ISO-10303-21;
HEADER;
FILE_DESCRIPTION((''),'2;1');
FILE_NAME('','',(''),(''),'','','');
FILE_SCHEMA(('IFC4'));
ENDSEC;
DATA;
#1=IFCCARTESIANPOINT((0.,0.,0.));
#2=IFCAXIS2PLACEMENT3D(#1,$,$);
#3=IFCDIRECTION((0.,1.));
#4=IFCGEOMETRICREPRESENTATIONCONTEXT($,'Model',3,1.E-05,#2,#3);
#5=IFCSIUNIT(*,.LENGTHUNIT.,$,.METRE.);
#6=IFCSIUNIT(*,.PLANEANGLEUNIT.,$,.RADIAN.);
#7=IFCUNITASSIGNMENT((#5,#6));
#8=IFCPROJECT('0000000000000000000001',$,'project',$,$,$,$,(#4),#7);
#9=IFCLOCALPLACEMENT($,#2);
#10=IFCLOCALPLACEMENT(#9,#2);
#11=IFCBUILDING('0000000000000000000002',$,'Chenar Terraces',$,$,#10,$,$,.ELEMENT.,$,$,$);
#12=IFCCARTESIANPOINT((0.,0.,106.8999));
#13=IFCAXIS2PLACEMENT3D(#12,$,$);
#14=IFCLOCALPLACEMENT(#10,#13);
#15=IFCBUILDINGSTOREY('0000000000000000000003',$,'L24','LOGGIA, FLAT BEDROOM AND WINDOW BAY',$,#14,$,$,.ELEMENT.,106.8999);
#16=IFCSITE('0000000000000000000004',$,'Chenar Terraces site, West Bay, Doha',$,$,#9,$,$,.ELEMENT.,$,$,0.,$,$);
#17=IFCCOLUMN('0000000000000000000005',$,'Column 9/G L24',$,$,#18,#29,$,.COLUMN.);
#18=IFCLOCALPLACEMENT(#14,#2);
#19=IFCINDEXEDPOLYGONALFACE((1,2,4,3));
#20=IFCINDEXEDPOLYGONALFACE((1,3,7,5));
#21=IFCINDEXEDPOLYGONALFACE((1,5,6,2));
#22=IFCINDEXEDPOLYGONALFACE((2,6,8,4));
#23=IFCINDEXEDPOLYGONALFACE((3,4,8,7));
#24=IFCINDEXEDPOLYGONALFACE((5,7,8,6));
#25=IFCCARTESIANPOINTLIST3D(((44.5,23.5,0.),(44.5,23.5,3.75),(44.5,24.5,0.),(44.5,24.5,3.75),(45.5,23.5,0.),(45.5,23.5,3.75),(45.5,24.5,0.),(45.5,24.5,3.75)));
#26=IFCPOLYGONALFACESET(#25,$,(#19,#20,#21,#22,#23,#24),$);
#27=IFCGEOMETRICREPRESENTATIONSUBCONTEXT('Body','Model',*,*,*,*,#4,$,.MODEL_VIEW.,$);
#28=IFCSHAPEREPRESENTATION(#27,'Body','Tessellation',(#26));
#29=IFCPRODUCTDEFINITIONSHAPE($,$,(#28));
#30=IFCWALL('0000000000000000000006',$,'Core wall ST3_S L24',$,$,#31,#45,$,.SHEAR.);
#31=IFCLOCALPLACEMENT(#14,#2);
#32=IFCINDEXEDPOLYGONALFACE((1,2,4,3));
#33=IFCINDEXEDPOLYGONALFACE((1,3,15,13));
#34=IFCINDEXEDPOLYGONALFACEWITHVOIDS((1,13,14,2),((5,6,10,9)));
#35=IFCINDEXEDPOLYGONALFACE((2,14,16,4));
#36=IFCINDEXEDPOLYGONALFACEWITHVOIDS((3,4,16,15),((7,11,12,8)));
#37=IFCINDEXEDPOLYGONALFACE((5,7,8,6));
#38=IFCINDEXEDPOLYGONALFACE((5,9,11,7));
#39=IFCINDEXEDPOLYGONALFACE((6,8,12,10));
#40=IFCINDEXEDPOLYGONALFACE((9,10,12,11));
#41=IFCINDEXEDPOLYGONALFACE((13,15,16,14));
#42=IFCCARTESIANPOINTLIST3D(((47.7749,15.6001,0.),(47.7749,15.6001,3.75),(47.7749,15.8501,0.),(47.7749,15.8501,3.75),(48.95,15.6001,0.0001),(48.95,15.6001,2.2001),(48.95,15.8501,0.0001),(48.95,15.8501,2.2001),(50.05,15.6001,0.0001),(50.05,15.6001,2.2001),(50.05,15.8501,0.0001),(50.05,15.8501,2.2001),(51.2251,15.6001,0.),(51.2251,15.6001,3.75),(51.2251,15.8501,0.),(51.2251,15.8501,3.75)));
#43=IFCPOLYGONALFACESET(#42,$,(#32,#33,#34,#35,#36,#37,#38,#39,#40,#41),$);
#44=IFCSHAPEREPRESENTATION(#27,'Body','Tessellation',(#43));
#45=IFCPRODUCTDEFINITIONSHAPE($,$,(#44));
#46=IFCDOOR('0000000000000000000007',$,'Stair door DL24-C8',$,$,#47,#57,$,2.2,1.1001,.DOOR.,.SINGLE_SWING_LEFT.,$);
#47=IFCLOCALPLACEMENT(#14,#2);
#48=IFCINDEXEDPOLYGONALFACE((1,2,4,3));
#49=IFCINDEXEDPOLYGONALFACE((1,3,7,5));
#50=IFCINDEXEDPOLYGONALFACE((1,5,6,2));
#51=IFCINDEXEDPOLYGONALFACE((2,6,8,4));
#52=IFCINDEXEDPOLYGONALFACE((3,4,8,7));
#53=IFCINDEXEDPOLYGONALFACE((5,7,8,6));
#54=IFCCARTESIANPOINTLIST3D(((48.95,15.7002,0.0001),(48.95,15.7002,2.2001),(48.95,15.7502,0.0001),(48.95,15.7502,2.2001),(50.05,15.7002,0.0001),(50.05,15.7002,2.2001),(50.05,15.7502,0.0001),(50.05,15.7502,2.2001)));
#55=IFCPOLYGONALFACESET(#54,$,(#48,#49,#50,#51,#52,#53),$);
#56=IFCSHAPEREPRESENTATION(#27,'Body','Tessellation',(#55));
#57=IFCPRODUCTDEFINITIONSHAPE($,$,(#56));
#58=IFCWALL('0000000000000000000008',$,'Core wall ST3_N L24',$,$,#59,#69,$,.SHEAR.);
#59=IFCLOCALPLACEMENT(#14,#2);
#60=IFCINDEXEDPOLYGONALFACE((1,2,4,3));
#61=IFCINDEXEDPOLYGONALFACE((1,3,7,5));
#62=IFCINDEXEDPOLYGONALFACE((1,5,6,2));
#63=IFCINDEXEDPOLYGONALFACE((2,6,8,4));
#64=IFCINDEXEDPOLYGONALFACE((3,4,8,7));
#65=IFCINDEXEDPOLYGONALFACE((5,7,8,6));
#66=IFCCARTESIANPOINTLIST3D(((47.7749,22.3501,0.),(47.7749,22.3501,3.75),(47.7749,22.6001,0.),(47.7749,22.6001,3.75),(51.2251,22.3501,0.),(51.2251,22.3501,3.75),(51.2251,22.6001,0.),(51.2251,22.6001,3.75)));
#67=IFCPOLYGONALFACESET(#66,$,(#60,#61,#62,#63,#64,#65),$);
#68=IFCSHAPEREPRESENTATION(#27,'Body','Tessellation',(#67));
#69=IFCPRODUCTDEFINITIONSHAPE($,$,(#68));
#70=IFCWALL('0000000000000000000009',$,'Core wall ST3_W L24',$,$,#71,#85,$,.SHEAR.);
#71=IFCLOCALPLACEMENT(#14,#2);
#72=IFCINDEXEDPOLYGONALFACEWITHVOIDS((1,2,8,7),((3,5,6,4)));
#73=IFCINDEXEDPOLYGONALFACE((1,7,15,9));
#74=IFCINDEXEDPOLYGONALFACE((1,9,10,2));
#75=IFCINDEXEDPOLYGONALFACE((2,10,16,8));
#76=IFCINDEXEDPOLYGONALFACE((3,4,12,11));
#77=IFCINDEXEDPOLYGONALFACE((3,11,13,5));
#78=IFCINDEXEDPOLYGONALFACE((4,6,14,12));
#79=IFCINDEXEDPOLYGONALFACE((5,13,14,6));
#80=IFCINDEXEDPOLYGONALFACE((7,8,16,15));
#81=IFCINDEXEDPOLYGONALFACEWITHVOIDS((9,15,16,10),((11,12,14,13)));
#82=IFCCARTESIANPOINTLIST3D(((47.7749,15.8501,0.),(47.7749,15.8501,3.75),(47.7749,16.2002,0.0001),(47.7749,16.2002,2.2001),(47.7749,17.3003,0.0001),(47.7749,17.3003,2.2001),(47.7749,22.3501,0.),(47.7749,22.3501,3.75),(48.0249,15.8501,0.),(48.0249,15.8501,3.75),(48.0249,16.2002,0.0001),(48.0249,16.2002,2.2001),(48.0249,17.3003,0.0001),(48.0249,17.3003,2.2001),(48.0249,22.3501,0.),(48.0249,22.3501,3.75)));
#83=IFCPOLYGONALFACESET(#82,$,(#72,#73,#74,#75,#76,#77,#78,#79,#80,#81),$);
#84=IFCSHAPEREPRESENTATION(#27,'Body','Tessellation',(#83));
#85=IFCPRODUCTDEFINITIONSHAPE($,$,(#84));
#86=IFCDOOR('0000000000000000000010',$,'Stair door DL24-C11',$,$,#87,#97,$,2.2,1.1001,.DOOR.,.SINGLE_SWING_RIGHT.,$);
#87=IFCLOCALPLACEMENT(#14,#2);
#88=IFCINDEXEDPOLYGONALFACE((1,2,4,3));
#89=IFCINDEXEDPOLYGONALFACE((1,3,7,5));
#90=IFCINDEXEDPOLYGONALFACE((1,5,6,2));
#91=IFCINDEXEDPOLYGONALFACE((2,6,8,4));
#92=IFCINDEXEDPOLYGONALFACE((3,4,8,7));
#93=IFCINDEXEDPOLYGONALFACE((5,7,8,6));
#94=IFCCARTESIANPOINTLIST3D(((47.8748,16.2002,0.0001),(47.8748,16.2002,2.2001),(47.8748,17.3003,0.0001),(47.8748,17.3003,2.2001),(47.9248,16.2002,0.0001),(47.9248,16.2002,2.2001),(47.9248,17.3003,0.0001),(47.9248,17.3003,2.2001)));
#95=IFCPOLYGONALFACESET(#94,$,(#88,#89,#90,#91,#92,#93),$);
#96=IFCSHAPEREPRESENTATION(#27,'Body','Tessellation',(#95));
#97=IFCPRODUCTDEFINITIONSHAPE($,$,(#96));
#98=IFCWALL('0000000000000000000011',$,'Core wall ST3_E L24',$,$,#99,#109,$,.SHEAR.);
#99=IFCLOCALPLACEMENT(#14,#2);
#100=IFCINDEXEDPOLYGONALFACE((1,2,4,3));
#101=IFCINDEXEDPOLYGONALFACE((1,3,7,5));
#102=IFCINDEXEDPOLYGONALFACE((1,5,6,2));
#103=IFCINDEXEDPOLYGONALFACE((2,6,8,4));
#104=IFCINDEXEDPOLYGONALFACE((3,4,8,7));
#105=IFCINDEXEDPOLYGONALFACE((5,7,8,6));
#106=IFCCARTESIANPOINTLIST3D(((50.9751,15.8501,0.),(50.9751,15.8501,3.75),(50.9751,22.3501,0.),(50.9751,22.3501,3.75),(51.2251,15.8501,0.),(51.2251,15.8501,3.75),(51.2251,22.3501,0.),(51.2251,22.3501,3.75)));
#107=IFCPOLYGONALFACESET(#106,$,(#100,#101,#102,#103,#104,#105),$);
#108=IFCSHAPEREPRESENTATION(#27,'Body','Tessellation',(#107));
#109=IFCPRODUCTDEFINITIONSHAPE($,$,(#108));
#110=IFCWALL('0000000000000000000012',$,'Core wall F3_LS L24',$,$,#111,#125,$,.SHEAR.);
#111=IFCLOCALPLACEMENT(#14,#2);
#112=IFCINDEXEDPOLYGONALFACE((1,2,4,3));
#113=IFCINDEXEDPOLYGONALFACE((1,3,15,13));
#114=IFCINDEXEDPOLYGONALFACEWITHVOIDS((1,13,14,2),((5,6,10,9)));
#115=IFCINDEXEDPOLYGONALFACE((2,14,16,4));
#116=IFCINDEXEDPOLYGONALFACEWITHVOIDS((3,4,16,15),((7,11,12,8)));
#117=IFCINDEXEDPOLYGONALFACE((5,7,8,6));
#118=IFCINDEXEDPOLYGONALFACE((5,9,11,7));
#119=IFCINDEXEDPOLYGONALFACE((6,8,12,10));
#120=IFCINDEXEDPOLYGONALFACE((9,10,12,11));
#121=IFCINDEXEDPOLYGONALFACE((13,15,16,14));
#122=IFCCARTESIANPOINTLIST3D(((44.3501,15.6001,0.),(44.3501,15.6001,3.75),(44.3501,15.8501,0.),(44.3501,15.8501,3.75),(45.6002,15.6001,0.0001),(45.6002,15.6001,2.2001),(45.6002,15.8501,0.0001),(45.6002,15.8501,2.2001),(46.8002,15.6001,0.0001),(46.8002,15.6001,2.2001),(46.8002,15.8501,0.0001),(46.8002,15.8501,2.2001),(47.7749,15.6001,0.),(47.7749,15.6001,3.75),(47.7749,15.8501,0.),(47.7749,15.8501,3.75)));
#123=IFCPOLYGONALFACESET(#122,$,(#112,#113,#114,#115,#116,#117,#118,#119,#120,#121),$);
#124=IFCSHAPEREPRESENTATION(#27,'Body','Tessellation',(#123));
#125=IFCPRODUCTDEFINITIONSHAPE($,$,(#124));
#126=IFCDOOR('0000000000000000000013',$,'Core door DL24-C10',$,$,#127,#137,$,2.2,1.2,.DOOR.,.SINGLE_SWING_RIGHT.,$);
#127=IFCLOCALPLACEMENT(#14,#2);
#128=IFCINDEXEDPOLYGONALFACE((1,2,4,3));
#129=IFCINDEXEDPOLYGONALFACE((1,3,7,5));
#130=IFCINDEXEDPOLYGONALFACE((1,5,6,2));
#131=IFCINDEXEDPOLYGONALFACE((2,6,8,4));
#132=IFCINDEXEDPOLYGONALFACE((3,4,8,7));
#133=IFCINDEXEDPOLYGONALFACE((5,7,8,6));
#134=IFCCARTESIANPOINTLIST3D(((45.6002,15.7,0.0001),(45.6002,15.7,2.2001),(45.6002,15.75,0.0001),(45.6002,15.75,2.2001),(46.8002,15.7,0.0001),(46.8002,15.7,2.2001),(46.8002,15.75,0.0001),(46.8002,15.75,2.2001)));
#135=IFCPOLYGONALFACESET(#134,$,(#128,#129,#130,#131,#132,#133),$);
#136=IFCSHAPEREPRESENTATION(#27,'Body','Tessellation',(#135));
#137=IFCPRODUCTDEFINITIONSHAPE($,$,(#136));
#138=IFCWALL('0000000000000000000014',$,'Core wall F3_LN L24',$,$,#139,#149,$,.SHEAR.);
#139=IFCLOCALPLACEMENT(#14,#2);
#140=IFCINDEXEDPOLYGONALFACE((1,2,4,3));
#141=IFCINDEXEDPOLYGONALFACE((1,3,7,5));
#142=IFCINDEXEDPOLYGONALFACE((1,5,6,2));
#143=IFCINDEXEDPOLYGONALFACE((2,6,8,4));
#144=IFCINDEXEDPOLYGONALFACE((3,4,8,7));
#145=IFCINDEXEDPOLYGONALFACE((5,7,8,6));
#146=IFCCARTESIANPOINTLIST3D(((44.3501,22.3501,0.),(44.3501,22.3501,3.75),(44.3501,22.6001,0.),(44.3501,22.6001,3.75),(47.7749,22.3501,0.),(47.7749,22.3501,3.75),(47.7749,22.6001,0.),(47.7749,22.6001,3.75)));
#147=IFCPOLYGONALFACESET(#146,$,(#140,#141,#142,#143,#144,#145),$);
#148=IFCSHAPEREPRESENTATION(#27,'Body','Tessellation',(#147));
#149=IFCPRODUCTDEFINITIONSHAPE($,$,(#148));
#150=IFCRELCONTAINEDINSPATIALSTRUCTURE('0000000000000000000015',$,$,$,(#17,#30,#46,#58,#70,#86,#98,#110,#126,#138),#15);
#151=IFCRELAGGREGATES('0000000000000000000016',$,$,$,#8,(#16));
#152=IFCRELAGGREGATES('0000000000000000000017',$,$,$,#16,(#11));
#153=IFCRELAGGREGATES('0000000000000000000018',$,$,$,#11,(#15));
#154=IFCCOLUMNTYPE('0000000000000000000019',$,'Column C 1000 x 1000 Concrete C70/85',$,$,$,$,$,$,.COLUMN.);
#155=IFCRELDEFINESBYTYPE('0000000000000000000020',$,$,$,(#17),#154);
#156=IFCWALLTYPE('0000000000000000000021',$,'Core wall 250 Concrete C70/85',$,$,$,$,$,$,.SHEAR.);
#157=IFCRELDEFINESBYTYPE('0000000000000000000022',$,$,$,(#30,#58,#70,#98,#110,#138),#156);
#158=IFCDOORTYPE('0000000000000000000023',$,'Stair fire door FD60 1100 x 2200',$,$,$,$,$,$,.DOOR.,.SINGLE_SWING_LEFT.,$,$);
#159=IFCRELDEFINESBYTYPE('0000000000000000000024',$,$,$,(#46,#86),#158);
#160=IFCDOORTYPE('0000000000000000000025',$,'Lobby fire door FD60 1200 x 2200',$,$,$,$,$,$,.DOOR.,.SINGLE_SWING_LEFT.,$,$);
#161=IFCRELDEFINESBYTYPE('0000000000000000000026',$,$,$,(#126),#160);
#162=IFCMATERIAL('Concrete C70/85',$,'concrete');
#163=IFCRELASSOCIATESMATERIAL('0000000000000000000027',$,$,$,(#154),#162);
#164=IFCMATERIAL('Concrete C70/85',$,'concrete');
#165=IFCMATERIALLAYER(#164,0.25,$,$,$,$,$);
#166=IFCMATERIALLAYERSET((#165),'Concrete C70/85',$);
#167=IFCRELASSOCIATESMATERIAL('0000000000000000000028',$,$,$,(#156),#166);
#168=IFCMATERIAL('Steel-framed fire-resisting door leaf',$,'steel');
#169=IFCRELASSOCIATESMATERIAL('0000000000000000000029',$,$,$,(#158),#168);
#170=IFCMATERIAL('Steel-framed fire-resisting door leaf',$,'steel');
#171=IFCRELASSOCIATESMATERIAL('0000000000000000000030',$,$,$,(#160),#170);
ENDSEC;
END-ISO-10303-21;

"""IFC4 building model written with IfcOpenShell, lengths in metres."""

from ifc_helpers import new_model, si_unit, direction, frame, frame_2d, origin, origin_2d, place, context, subcontext, project, spatial, rectangle, extrude, material, layer, layer_set, material_profile, profile_set, type_object, element, fill, save


model = new_model("IFC4")

# Units and contexts
model_context = context("Model", 3, precision=1e-05, world=origin(), true_north=direction((0.0, 1.0)))
body_context = subcontext(model_context, "Body", "Model", "MODEL_VIEW")
ifc_project = project(units=[si_unit("LENGTHUNIT", "METRE"), si_unit("PLANEANGLEUNIT", "RADIAN")], contexts=[model_context])

# Site, building, storey
site_placement = place(None, origin())
site = spatial("IfcSite", under=ifc_project, at=site_placement, Name="Chenar Terraces site, West Bay, Doha", CompositionType="ELEMENT", RefElevation=0.0)
building_placement = place(site_placement, origin())
building = spatial("IfcBuilding", under=site, at=building_placement, Name="Chenar Terraces", CompositionType="ELEMENT")
storey_placement = place(building_placement, frame((0.0, 0.0, 106.8999)))
storey = spatial("IfcBuildingStorey", under=building, at=storey_placement, Name="L24", Description="LOGGIA, FLAT BEDROOM AND WINDOW BAY", CompositionType="ELEMENT", Elevation=106.8999)

# Column
ifc_material_1 = material(Name="Concrete C70/85", Category="concrete")
ifc_material_profile_1 = material_profile(ifc_material_1, rectangle(XDim=1.0, YDim=1.0, at=origin_2d()), Name="C 1000 x 1000")
ifc_profile_set_1 = profile_set([ifc_material_profile_1], Name="Concrete C70/85")
column_type = type_object("IfcColumnType", Name="Column C 1000 x 1000 Concrete C70/85", PredefinedType="COLUMN", material=ifc_profile_set_1)
column_placement = place(storey_placement, frame((45.0, 24.0, 0.0), z_axis=(0.0, 0.0, 1.0), x_axis=(1.0, 0.0, 0.0)))
element("IfcColumn", 1, at=column_placement, inside=storey, type_object=column_type, Name="Column 9/G L24", PredefinedType="COLUMN", context=body_context, shape_type="SweptSolid", body=[
    extrude(rectangle(XDim=1.0, YDim=1.0, at=origin_2d()), origin(), (0.0, 0.0, 1.0), 3.75),
])

# Wall, opening, door
ifc_material_2 = material(Name="Concrete C70/85", Category="concrete")
ifc_layer_1 = layer(ifc_material_2, 0.25)
ifc_layer_set_1 = layer_set([ifc_layer_1], Name="Concrete C70/85")
wall_type_1 = type_object("IfcWallType", Name="Core wall 250 Concrete C70/85", PredefinedType="SHEAR", material=ifc_layer_set_1)
wall_1_placement = place(storey_placement, frame((47.7749, 15.7251, 0.0), z_axis=(0.0, 0.0, 1.0), x_axis=(1.0, 0.0, 0.0)))
wall_1 = element("IfcWall", 2, at=wall_1_placement, inside=storey, type_object=wall_type_1, Name="Core wall ST3_S L24", PredefinedType="SHEAR", context=body_context, shape_type="SweptSolid", body=[
    extrude(rectangle(XDim=3.4502, YDim=0.25, at=frame_2d((1.7251, 0.0))), origin(), (0.0, 0.0, 1.0), 3.75),
])
opening_1_placement = place(wall_1_placement, frame((1.175, 0.0, 0.0)))
opening_1 = element("IfcOpeningElement", 3, at=opening_1_placement, cuts=wall_1, PredefinedType="OPENING", context=body_context, shape_type="SweptSolid", body=[
    extrude(rectangle(XDim=1.1001, YDim=2.2, at=frame_2d((0.55, 1.1001))), frame((0.0, 0.135, 0.0), z_axis=(0.0, -1.0, 0.0), x_axis=(1.0, 0.0, 0.0)), (0.0, 0.0, 1.0), 0.27),
])
ifc_material_3 = material(Name="Steel-framed fire-resisting door leaf", Category="steel")
door_type_1 = type_object("IfcDoorType", Name="Stair fire door FD60 1100 x 2200", OperationType="SINGLE_SWING_LEFT", PredefinedType="DOOR", material=ifc_material_3)
door_1_placement = place(opening_1_placement, frame((1.1001, 0.0, 0.0), z_axis=(0.0, 0.0, 1.0), x_axis=(-1.0, 0.0, 0.0)))
door_1 = element("IfcDoor", 4, at=door_1_placement, inside=storey, type_object=door_type_1, Name="Stair door DL24-C8", OperationType="SINGLE_SWING_LEFT", OverallHeight=2.2, OverallWidth=1.1001, PredefinedType="DOOR", context=body_context, shape_type="SweptSolid", body=[
    extrude(rectangle(XDim=1.1001, YDim=2.2, at=frame_2d((0.55, 1.1001))), frame((0.0, 0.0249, 0.0), z_axis=(0.0, -1.0, 0.0), x_axis=(1.0, 0.0, 0.0)), (0.0, 0.0, 1.0), 0.05),
])
fill(opening_1, door_1)

# Wall
wall_2_placement = place(storey_placement, frame((47.7749, 22.4751, 0.0), z_axis=(0.0, 0.0, 1.0), x_axis=(1.0, 0.0, 0.0)))
element("IfcWall", 5, at=wall_2_placement, inside=storey, type_object=wall_type_1, Name="Core wall ST3_N L24", PredefinedType="SHEAR", context=body_context, shape_type="SweptSolid", body=[
    extrude(rectangle(XDim=3.4502, YDim=0.25, at=frame_2d((1.7251, 0.0))), origin(), (0.0, 0.0, 1.0), 3.75),
])

# Wall, opening, door
wall_3_placement = place(storey_placement, frame((47.8999, 15.8501, 0.0), z_axis=(0.0, 0.0, 1.0), x_axis=(0.0, 1.0, 0.0)))
wall_3 = element("IfcWall", 6, at=wall_3_placement, inside=storey, type_object=wall_type_1, Name="Core wall ST3_W L24", PredefinedType="SHEAR", context=body_context, shape_type="SweptSolid", body=[
    extrude(rectangle(XDim=6.5, YDim=0.25, at=frame_2d((3.25, 0.0))), origin(), (0.0, 0.0, 1.0), 3.75),
])
opening_2_placement = place(wall_3_placement, frame((0.3501, 0.0, 0.0)))
opening_2 = element("IfcOpeningElement", 7, at=opening_2_placement, cuts=wall_3, PredefinedType="OPENING", context=body_context, shape_type="SweptSolid", body=[
    extrude(rectangle(XDim=1.1001, YDim=2.2, at=frame_2d((0.55, 1.1001))), frame((0.0, 0.135, 0.0), z_axis=(0.0, -1.0, 0.0), x_axis=(1.0, 0.0, 0.0)), (0.0, 0.0, 1.0), 0.27),
])
door_2_placement = place(opening_2_placement, frame((1.1001, 0.0, 0.0), z_axis=(0.0, 0.0, 1.0), x_axis=(-1.0, 0.0, 0.0)))
door_2 = element("IfcDoor", 8, at=door_2_placement, inside=storey, type_object=door_type_1, Name="Stair door DL24-C11", OperationType="SINGLE_SWING_RIGHT", OverallHeight=2.2, OverallWidth=1.1001, PredefinedType="DOOR", context=body_context, shape_type="SweptSolid", body=[
    extrude(rectangle(XDim=1.1001, YDim=2.2, at=frame_2d((0.55, 1.1001))), frame((0.0, 0.0249, 0.0), z_axis=(0.0, -1.0, 0.0), x_axis=(1.0, 0.0, 0.0)), (0.0, 0.0, 1.0), 0.05),
])
fill(opening_2, door_2)

# Wall
wall_4_placement = place(storey_placement, frame((51.1001, 15.8501, 0.0), z_axis=(0.0, 0.0, 1.0), x_axis=(0.0, 1.0, 0.0)))
element("IfcWall", 9, at=wall_4_placement, inside=storey, type_object=wall_type_1, Name="Core wall ST3_E L24", PredefinedType="SHEAR", context=body_context, shape_type="SweptSolid", body=[
    extrude(rectangle(XDim=6.5, YDim=0.25, at=frame_2d((3.25, 0.0))), origin(), (0.0, 0.0, 1.0), 3.75),
])

# Wall, opening, door
wall_5_placement = place(storey_placement, frame((44.3501, 15.7251, 0.0), z_axis=(0.0, 0.0, 1.0), x_axis=(1.0, 0.0, 0.0)))
wall_5 = element("IfcWall", 10, at=wall_5_placement, inside=storey, type_object=wall_type_1, Name="Core wall F3_LS L24", PredefinedType="SHEAR", context=body_context, shape_type="SweptSolid", body=[
    extrude(rectangle(XDim=3.4248, YDim=0.25, at=frame_2d((1.7124, 0.0))), origin(), (0.0, 0.0, 1.0), 3.75),
])
opening_3_placement = place(wall_5_placement, frame((1.25, 0.0, 0.0)))
opening_3 = element("IfcOpeningElement", 11, at=opening_3_placement, cuts=wall_5, PredefinedType="OPENING", context=body_context, shape_type="SweptSolid", body=[
    extrude(rectangle(XDim=1.2, YDim=2.2, at=frame_2d((0.6001, 1.1001))), frame((0.0, 0.135, 0.0), z_axis=(0.0, -1.0, 0.0), x_axis=(1.0, 0.0, 0.0)), (0.0, 0.0, 1.0), 0.27),
])
ifc_material_4 = material(Name="Steel-framed fire-resisting door leaf", Category="steel")
door_type_2 = type_object("IfcDoorType", Name="Lobby fire door FD60 1200 x 2200", OperationType="SINGLE_SWING_LEFT", PredefinedType="DOOR", material=ifc_material_4)
door_3_placement = place(opening_3_placement, origin())
door_3 = element("IfcDoor", 12, at=door_3_placement, inside=storey, type_object=door_type_2, Name="Core door DL24-C10", OperationType="SINGLE_SWING_RIGHT", OverallHeight=2.2, OverallWidth=1.2, PredefinedType="DOOR", context=body_context, shape_type="SweptSolid", body=[
    extrude(rectangle(XDim=1.2, YDim=2.2, at=frame_2d((0.6001, 1.1001))), frame((0.0, 0.0249, 0.0), z_axis=(0.0, -1.0, 0.0), x_axis=(1.0, 0.0, 0.0)), (0.0, 0.0, 1.0), 0.05),
])
fill(opening_3, door_3)

# Wall
wall_6_placement = place(storey_placement, frame((44.3501, 22.4751, 0.0), z_axis=(0.0, 0.0, 1.0), x_axis=(1.0, 0.0, 0.0)))
element("IfcWall", 13, at=wall_6_placement, inside=storey, type_object=wall_type_1, Name="Core wall F3_LN L24", PredefinedType="SHEAR", context=body_context, shape_type="SweptSolid", body=[
    extrude(rectangle(XDim=3.4248, YDim=0.25, at=frame_2d((1.7124, 0.0))), origin(), (0.0, 0.0, 1.0), 3.75),
])

save(model, "model.ifc")
